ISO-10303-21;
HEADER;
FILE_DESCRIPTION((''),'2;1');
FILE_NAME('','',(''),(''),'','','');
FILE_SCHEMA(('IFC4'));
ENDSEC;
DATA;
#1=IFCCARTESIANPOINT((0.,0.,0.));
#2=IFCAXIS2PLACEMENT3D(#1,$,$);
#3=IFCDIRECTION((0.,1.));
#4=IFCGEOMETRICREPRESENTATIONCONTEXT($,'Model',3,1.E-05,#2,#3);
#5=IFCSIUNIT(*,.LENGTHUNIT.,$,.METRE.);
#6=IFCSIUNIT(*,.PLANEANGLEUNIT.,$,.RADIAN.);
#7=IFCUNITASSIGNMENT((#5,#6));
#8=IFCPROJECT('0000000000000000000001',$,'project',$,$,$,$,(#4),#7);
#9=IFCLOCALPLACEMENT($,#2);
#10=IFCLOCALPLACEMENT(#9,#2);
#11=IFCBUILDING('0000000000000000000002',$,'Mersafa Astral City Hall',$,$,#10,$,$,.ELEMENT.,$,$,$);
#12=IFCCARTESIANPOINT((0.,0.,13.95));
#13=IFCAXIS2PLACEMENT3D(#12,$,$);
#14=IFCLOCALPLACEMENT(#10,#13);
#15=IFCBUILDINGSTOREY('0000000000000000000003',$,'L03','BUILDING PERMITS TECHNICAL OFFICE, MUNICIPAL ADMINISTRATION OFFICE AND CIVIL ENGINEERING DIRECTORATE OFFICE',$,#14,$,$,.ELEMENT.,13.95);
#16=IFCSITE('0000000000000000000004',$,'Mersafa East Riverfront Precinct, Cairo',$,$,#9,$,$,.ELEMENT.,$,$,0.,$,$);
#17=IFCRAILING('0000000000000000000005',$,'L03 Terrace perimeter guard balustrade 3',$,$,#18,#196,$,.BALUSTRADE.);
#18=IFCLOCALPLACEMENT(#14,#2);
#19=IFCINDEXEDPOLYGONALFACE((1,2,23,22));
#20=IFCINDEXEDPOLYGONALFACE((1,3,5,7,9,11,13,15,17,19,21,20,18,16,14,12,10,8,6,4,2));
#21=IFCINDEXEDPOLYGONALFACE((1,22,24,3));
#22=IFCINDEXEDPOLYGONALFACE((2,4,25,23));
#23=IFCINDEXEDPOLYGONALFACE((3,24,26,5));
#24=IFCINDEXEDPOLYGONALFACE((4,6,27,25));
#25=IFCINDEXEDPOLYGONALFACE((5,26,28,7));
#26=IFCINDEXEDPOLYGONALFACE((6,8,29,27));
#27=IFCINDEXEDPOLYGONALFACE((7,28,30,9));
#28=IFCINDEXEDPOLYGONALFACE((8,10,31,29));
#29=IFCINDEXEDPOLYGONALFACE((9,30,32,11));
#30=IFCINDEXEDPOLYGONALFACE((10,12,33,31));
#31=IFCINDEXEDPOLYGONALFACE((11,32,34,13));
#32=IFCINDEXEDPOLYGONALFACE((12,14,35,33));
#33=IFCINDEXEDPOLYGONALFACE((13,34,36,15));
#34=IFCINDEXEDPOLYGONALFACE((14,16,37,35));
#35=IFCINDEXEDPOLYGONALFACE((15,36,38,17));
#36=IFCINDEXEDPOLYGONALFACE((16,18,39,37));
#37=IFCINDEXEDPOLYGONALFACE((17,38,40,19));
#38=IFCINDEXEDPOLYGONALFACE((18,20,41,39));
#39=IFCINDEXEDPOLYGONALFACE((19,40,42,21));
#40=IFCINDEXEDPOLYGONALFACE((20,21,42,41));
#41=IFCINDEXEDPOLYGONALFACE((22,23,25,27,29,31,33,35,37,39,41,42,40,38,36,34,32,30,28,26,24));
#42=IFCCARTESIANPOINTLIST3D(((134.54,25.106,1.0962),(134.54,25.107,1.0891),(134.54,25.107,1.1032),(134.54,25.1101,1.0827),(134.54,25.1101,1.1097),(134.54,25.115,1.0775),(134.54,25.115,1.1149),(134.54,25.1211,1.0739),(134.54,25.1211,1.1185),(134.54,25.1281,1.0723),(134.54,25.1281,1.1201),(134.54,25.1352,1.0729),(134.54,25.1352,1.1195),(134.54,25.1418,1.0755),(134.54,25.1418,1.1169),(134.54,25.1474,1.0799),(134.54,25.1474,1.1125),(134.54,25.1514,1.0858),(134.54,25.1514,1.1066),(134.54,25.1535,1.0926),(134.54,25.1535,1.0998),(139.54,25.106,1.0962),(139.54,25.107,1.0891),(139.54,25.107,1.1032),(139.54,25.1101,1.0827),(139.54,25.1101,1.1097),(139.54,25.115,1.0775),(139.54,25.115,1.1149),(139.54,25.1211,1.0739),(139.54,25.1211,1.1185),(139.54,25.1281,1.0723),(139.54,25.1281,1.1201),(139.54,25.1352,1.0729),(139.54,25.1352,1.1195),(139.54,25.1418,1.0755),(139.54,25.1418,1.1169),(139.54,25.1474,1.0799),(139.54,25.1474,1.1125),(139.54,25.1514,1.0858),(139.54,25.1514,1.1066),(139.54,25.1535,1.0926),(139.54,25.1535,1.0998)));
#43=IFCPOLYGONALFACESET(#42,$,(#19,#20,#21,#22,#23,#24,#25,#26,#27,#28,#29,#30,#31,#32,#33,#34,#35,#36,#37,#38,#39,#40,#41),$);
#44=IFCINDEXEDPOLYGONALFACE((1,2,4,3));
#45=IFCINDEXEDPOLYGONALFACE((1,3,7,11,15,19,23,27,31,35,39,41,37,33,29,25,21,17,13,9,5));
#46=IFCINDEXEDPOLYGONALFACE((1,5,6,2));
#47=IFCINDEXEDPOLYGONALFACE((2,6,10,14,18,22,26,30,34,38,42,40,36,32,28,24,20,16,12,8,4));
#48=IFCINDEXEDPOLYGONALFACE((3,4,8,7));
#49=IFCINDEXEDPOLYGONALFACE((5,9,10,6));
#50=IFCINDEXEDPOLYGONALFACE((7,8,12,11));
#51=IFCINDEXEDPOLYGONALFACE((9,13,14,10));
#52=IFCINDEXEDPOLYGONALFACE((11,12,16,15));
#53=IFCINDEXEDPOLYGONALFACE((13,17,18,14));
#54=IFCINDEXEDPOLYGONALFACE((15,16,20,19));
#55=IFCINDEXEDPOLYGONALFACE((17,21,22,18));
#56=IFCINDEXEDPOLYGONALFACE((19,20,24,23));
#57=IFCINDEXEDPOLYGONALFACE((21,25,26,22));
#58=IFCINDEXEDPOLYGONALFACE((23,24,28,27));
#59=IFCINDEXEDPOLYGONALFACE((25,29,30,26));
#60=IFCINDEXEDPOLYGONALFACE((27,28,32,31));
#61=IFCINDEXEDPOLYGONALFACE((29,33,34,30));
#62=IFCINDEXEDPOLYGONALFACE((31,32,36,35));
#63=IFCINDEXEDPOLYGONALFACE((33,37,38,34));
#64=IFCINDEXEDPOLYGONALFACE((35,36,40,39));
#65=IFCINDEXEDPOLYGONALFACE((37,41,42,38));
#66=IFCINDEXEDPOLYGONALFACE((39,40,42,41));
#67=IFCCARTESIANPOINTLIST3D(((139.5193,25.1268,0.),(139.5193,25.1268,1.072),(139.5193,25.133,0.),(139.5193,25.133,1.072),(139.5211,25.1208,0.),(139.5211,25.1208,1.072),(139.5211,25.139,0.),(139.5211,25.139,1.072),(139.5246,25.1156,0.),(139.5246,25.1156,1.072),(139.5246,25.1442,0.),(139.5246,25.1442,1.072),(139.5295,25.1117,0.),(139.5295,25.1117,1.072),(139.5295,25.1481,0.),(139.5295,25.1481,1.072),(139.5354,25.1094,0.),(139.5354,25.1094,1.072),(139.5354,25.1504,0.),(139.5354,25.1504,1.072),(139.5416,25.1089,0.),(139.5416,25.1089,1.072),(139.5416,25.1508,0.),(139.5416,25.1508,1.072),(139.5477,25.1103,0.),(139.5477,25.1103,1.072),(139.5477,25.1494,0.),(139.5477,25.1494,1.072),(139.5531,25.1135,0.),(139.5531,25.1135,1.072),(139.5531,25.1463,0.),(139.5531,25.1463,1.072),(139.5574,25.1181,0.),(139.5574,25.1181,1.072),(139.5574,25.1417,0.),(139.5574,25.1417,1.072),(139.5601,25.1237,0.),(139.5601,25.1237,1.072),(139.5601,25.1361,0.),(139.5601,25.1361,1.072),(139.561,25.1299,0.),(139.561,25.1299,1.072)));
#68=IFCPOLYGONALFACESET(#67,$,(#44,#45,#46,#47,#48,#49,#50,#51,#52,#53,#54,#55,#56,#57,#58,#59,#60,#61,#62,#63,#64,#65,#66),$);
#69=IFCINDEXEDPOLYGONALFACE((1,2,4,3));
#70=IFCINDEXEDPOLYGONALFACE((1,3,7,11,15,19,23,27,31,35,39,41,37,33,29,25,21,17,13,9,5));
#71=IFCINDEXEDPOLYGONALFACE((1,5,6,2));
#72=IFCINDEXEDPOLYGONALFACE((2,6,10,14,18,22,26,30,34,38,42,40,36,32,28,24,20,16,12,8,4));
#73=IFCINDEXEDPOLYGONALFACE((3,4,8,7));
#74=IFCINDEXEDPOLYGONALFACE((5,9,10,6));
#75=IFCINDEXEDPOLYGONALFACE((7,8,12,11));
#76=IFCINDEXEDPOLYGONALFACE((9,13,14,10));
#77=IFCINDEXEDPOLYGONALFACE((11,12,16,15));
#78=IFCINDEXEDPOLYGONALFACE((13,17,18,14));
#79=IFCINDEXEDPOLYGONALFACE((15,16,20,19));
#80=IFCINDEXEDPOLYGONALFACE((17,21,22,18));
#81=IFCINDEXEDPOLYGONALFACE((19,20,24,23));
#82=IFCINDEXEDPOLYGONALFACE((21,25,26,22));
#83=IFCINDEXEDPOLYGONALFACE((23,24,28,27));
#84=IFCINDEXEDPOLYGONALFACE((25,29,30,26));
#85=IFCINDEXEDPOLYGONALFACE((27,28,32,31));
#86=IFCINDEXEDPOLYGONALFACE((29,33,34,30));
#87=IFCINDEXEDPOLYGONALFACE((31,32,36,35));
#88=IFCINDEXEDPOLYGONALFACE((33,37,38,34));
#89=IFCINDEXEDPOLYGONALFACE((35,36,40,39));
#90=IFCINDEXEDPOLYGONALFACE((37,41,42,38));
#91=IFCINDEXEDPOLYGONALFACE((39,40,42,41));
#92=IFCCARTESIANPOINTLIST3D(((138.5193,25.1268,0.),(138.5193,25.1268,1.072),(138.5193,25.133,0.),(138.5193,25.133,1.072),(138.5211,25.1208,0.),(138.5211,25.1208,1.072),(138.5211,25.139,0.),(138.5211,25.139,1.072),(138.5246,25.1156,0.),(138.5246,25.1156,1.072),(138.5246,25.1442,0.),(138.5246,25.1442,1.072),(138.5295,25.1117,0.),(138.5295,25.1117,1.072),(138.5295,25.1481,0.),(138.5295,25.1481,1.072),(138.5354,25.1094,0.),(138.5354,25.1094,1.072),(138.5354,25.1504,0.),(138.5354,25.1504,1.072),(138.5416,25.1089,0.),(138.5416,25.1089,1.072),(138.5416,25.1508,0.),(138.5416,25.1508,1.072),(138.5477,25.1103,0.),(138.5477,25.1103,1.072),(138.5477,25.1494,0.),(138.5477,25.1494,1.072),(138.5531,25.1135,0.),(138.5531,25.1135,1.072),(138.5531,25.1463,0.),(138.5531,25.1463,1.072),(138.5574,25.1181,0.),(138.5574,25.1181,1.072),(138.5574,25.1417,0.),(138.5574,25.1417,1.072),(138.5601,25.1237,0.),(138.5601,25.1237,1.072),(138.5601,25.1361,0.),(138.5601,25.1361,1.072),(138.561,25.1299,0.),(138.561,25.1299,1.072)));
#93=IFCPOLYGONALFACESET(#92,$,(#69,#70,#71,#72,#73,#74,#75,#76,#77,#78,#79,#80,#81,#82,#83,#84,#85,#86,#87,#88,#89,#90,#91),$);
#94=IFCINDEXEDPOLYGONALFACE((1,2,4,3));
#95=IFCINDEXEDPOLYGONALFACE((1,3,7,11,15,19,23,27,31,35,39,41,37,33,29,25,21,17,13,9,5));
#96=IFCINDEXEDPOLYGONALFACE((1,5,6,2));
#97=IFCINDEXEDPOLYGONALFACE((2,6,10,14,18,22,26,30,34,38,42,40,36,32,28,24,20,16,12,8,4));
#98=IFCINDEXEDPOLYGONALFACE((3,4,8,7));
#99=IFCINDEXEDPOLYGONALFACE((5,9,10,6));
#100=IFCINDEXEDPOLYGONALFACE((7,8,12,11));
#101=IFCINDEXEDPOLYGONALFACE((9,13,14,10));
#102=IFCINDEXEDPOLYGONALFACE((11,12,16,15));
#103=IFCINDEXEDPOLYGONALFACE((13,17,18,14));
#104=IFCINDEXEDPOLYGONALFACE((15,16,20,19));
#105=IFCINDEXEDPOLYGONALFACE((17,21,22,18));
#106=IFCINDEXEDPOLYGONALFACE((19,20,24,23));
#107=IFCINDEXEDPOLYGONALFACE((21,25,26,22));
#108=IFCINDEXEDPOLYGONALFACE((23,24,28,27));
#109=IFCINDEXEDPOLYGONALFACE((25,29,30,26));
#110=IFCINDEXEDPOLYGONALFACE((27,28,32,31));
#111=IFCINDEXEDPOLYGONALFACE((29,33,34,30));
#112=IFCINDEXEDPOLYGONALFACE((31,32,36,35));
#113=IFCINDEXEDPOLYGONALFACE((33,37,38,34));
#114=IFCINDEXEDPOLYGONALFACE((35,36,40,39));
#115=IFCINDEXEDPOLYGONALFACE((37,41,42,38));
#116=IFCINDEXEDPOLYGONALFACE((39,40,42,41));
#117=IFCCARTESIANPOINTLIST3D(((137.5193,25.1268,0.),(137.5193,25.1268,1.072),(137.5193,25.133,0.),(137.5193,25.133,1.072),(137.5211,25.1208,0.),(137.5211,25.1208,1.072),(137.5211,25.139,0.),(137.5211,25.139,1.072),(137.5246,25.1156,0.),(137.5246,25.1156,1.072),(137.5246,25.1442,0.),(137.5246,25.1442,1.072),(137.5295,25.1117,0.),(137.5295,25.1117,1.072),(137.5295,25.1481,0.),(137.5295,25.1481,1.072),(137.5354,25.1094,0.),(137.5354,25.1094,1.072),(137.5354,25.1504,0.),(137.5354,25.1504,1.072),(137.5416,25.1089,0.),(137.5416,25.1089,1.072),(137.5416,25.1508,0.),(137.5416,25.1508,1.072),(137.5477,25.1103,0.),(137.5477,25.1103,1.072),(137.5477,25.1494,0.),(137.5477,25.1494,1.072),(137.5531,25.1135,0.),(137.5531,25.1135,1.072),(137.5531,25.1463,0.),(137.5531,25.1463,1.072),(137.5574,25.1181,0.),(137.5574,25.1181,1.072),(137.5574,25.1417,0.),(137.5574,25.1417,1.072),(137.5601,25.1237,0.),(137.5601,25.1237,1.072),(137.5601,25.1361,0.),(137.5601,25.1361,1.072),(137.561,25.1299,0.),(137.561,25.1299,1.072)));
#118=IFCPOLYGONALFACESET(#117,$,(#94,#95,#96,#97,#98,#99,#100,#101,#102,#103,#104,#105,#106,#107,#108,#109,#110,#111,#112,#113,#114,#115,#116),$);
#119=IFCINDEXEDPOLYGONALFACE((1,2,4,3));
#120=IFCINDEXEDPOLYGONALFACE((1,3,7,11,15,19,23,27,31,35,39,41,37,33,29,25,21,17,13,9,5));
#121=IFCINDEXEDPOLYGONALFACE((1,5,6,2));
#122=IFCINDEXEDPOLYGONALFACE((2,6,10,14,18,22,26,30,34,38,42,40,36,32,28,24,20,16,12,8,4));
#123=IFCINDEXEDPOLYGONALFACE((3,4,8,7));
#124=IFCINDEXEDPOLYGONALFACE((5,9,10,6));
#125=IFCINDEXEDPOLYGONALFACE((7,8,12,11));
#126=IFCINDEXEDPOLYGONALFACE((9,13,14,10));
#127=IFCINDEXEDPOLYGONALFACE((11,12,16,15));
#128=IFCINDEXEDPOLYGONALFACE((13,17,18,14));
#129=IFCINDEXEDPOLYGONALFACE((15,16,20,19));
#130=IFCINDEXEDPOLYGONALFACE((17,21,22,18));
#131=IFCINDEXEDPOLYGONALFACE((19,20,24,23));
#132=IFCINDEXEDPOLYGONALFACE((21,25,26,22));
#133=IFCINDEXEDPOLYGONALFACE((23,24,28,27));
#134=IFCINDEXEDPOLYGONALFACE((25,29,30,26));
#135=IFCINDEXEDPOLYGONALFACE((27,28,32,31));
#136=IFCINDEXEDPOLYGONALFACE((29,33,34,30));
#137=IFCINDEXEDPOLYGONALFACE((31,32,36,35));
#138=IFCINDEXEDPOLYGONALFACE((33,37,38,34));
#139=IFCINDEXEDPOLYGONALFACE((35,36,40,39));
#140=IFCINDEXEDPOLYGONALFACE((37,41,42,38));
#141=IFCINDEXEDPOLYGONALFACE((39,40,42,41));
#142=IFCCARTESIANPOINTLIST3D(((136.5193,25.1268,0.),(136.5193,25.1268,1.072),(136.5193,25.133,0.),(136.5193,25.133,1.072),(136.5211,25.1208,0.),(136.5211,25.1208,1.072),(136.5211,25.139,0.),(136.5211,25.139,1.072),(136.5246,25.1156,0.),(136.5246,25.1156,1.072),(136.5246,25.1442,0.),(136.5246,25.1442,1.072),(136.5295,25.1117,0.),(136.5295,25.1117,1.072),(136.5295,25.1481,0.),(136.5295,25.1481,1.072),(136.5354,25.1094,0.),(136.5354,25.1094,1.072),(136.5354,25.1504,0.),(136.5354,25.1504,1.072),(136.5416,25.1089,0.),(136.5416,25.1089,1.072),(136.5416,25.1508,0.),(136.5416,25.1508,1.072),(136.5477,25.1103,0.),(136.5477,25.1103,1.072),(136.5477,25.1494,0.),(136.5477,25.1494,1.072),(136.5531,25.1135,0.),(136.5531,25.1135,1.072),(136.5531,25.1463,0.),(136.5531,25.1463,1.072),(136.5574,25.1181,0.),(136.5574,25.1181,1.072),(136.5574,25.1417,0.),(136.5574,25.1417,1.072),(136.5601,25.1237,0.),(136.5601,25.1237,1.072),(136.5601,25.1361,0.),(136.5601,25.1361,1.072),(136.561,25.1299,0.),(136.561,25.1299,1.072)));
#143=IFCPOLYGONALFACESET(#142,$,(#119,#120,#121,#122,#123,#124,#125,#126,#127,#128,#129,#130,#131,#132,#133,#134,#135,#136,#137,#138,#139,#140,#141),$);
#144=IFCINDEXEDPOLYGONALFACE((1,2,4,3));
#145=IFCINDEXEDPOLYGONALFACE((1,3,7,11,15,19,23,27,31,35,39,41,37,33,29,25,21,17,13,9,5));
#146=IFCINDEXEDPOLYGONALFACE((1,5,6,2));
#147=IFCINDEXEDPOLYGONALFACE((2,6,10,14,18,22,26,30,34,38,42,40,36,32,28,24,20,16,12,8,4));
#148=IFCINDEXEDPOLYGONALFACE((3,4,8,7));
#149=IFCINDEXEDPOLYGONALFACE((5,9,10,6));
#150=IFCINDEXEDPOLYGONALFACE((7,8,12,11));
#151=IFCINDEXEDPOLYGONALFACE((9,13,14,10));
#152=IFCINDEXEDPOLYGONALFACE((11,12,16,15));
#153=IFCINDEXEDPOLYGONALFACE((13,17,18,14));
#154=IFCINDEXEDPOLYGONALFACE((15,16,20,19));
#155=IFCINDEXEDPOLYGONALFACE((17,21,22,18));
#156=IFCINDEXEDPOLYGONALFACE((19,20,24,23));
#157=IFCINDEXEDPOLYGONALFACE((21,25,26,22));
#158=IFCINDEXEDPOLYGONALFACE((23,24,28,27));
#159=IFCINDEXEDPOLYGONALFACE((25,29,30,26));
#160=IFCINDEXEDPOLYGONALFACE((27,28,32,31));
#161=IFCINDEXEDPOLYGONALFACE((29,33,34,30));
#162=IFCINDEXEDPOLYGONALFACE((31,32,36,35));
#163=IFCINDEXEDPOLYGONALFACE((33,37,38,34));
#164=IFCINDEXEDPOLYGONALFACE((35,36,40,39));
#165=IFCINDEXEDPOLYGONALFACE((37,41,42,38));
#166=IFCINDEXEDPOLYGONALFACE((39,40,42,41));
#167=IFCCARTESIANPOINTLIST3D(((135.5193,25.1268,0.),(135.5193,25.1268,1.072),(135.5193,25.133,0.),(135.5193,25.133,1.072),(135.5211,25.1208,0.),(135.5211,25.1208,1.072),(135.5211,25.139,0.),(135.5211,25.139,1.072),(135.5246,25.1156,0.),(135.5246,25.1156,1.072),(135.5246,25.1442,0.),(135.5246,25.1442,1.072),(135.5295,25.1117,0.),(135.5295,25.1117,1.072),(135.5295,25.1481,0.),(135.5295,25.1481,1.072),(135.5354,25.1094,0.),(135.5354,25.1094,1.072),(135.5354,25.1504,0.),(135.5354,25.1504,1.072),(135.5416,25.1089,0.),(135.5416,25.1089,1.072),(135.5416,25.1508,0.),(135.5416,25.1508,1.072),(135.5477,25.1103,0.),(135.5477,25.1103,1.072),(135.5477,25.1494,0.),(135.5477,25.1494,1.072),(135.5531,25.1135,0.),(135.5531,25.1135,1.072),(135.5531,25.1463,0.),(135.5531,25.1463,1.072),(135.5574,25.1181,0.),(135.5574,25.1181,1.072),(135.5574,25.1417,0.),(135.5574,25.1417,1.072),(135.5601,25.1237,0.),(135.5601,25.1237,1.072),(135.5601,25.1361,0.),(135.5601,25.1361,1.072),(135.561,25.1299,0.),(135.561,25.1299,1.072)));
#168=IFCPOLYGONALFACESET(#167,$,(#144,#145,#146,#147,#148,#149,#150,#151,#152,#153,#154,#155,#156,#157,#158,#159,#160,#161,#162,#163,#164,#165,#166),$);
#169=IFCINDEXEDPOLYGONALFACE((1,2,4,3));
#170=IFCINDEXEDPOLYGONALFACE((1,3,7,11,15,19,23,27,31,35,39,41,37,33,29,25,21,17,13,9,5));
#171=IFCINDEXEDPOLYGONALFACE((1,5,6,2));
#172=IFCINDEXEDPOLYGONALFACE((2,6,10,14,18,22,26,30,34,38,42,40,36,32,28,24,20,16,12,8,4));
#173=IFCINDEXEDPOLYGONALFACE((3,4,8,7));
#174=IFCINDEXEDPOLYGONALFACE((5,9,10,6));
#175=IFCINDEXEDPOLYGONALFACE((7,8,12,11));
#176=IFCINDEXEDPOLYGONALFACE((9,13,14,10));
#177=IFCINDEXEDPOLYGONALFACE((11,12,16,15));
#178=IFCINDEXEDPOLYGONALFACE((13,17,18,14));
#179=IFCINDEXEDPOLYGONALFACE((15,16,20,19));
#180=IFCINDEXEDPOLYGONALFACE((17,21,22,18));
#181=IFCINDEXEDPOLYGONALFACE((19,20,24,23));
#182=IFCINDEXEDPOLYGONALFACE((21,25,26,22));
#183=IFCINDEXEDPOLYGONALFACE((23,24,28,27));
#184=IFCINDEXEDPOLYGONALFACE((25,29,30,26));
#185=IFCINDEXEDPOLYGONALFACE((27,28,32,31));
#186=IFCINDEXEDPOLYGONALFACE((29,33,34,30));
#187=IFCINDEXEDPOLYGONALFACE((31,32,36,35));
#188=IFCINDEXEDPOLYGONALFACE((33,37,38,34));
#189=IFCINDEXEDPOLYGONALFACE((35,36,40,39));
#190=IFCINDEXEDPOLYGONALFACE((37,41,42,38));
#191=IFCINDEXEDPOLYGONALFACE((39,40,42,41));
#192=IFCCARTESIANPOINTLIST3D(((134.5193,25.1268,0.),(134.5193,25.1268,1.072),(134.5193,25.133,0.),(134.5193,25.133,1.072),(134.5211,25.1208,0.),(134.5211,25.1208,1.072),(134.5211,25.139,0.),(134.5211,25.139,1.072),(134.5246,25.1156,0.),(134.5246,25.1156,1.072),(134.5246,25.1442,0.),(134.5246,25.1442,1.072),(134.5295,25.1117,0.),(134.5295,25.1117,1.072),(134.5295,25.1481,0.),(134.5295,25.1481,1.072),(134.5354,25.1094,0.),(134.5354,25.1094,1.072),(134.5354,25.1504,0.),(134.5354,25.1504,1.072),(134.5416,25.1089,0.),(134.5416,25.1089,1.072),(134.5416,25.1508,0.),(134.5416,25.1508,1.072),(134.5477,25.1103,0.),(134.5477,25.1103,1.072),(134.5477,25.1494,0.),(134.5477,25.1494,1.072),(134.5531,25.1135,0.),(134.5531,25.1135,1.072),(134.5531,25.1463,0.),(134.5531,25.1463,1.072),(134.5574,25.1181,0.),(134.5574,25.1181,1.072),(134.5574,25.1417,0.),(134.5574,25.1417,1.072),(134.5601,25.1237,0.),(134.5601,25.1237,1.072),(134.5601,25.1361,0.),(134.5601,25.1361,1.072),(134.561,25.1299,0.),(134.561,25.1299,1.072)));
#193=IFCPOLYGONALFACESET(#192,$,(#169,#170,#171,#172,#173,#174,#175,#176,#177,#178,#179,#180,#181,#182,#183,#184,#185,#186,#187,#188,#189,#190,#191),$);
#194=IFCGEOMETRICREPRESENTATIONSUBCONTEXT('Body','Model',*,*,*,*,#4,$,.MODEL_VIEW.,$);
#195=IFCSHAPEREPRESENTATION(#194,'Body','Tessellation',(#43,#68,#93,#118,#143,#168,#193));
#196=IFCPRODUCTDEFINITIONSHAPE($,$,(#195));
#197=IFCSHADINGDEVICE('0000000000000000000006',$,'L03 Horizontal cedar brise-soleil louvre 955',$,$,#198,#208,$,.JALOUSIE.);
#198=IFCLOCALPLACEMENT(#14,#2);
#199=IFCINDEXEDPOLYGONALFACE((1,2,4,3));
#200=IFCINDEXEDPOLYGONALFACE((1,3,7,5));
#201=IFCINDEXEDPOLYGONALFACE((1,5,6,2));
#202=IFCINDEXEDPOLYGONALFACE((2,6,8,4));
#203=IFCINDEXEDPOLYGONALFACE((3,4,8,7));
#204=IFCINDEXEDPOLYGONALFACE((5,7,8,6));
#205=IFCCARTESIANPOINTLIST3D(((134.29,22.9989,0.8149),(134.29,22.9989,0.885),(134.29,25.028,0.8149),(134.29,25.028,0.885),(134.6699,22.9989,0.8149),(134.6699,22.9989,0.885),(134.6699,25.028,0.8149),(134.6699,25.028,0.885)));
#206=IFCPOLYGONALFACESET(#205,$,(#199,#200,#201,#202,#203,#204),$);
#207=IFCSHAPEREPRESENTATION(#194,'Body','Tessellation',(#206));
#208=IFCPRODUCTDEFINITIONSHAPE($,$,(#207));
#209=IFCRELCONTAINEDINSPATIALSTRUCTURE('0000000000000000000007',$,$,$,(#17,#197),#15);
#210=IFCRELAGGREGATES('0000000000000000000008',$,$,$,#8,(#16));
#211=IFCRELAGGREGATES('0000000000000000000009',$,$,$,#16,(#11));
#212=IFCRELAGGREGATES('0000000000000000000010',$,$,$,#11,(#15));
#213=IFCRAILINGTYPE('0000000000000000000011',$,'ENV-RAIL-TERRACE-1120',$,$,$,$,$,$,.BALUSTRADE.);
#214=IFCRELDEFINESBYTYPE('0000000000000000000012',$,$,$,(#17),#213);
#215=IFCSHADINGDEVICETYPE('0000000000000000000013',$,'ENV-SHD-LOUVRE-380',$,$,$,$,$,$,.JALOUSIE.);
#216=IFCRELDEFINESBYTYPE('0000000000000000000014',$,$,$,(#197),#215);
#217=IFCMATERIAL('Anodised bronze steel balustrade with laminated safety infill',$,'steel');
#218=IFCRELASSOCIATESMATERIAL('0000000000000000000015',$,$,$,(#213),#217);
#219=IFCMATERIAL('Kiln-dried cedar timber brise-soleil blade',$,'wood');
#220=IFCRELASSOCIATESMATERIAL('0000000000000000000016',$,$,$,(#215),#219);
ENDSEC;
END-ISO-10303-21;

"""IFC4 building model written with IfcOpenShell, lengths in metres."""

from ifc_helpers import new_model, si_unit, direction, frame, origin, origin_2d, place, context, subcontext, project, spatial, rectangle, circle, extrude, material, type_object, element, save


model = new_model("IFC4")

# Units and contexts
model_context = context("Model", 3, precision=1e-05, world=origin(), true_north=direction((0.0, 1.0)))
body_context = subcontext(model_context, "Body", "Model", "MODEL_VIEW")
ifc_project = project(units=[si_unit("LENGTHUNIT", "METRE"), si_unit("PLANEANGLEUNIT", "RADIAN")], contexts=[model_context])

# Site, building, storey
site_placement = place(None, origin())
site = spatial("IfcSite", under=ifc_project, at=site_placement, Name="Mersafa East Riverfront Precinct, Cairo", CompositionType="ELEMENT", RefElevation=0.0)
building_placement = place(site_placement, origin())
building = spatial("IfcBuilding", under=site, at=building_placement, Name="Mersafa Astral City Hall", CompositionType="ELEMENT")
storey_placement = place(building_placement, frame((0.0, 0.0, 13.95)))
storey = spatial("IfcBuildingStorey", under=building, at=storey_placement, Name="L03", Description="BUILDING PERMITS TECHNICAL OFFICE, MUNICIPAL ADMINISTRATION OFFICE AND CIVIL ENGINEERING DIRECTORATE OFFICE", CompositionType="ELEMENT", Elevation=13.95)

# Railing
ifc_material_1 = material(Name="Anodised bronze steel balustrade with laminated safety infill", Category="steel")
railing_type = type_object("IfcRailingType", Name="ENV-RAIL-TERRACE-1120", PredefinedType="BALUSTRADE", material=ifc_material_1)
railing_placement = place(storey_placement, frame((139.54, 25.1299, 0.0)))
element("IfcRailing", 1, at=railing_placement, inside=storey, type_object=railing_type, Name="L03 Terrace perimeter guard balustrade 3", PredefinedType="BALUSTRADE", context=body_context, shape_type="SweptSolid", body=[
    extrude(circle(Radius=0.0239, at=origin_2d()), frame((0.0, 0.0, 1.0962), z_axis=(-1.0, 0.0, 0.0), x_axis=(0.0, -1.0, 0.0)), (0.0, 0.0, 1.0), 5.0),
    extrude(circle(Radius=0.021, at=origin_2d()), origin(), (0.0, 0.0, 1.0), 1.072),
    extrude(circle(Radius=0.021, at=origin_2d()), frame((-1.0, 0.0, 0.0)), (0.0, 0.0, 1.0), 1.072),
    extrude(circle(Radius=0.021, at=origin_2d()), frame((-2.0, 0.0, 0.0)), (0.0, 0.0, 1.0), 1.072),
    extrude(circle(Radius=0.021, at=origin_2d()), frame((-3.0, 0.0, 0.0)), (0.0, 0.0, 1.0), 1.072),
    extrude(circle(Radius=0.021, at=origin_2d()), frame((-4.0, 0.0, 0.0)), (0.0, 0.0, 1.0), 1.072),
    extrude(circle(Radius=0.021, at=origin_2d()), frame((-5.0, 0.0, 0.0)), (0.0, 0.0, 1.0), 1.072),
])

# Shading device
ifc_material_2 = material(Name="Kiln-dried cedar timber brise-soleil blade", Category="wood")
shading_device_type = type_object("IfcShadingDeviceType", Name="ENV-SHD-LOUVRE-380", PredefinedType="JALOUSIE", material=ifc_material_2)
shading_device_1_placement = place(storey_placement, frame((134.48, 24.0134, 0.8149), z_axis=(0.0, 0.0, 1.0), x_axis=(0.0, 1.0, 0.0)))
element("IfcShadingDevice", 2, at=shading_device_1_placement, inside=storey, type_object=shading_device_type, Name="L03 Horizontal cedar brise-soleil louvre 955", PredefinedType="JALOUSIE", context=body_context, shape_type="SweptSolid", body=[
    extrude(rectangle(XDim=2.0291, YDim=0.3799, at=origin_2d()), origin(), (0.0, 0.0, 1.0), 0.0701),
])

save(model, "model.ifc")
